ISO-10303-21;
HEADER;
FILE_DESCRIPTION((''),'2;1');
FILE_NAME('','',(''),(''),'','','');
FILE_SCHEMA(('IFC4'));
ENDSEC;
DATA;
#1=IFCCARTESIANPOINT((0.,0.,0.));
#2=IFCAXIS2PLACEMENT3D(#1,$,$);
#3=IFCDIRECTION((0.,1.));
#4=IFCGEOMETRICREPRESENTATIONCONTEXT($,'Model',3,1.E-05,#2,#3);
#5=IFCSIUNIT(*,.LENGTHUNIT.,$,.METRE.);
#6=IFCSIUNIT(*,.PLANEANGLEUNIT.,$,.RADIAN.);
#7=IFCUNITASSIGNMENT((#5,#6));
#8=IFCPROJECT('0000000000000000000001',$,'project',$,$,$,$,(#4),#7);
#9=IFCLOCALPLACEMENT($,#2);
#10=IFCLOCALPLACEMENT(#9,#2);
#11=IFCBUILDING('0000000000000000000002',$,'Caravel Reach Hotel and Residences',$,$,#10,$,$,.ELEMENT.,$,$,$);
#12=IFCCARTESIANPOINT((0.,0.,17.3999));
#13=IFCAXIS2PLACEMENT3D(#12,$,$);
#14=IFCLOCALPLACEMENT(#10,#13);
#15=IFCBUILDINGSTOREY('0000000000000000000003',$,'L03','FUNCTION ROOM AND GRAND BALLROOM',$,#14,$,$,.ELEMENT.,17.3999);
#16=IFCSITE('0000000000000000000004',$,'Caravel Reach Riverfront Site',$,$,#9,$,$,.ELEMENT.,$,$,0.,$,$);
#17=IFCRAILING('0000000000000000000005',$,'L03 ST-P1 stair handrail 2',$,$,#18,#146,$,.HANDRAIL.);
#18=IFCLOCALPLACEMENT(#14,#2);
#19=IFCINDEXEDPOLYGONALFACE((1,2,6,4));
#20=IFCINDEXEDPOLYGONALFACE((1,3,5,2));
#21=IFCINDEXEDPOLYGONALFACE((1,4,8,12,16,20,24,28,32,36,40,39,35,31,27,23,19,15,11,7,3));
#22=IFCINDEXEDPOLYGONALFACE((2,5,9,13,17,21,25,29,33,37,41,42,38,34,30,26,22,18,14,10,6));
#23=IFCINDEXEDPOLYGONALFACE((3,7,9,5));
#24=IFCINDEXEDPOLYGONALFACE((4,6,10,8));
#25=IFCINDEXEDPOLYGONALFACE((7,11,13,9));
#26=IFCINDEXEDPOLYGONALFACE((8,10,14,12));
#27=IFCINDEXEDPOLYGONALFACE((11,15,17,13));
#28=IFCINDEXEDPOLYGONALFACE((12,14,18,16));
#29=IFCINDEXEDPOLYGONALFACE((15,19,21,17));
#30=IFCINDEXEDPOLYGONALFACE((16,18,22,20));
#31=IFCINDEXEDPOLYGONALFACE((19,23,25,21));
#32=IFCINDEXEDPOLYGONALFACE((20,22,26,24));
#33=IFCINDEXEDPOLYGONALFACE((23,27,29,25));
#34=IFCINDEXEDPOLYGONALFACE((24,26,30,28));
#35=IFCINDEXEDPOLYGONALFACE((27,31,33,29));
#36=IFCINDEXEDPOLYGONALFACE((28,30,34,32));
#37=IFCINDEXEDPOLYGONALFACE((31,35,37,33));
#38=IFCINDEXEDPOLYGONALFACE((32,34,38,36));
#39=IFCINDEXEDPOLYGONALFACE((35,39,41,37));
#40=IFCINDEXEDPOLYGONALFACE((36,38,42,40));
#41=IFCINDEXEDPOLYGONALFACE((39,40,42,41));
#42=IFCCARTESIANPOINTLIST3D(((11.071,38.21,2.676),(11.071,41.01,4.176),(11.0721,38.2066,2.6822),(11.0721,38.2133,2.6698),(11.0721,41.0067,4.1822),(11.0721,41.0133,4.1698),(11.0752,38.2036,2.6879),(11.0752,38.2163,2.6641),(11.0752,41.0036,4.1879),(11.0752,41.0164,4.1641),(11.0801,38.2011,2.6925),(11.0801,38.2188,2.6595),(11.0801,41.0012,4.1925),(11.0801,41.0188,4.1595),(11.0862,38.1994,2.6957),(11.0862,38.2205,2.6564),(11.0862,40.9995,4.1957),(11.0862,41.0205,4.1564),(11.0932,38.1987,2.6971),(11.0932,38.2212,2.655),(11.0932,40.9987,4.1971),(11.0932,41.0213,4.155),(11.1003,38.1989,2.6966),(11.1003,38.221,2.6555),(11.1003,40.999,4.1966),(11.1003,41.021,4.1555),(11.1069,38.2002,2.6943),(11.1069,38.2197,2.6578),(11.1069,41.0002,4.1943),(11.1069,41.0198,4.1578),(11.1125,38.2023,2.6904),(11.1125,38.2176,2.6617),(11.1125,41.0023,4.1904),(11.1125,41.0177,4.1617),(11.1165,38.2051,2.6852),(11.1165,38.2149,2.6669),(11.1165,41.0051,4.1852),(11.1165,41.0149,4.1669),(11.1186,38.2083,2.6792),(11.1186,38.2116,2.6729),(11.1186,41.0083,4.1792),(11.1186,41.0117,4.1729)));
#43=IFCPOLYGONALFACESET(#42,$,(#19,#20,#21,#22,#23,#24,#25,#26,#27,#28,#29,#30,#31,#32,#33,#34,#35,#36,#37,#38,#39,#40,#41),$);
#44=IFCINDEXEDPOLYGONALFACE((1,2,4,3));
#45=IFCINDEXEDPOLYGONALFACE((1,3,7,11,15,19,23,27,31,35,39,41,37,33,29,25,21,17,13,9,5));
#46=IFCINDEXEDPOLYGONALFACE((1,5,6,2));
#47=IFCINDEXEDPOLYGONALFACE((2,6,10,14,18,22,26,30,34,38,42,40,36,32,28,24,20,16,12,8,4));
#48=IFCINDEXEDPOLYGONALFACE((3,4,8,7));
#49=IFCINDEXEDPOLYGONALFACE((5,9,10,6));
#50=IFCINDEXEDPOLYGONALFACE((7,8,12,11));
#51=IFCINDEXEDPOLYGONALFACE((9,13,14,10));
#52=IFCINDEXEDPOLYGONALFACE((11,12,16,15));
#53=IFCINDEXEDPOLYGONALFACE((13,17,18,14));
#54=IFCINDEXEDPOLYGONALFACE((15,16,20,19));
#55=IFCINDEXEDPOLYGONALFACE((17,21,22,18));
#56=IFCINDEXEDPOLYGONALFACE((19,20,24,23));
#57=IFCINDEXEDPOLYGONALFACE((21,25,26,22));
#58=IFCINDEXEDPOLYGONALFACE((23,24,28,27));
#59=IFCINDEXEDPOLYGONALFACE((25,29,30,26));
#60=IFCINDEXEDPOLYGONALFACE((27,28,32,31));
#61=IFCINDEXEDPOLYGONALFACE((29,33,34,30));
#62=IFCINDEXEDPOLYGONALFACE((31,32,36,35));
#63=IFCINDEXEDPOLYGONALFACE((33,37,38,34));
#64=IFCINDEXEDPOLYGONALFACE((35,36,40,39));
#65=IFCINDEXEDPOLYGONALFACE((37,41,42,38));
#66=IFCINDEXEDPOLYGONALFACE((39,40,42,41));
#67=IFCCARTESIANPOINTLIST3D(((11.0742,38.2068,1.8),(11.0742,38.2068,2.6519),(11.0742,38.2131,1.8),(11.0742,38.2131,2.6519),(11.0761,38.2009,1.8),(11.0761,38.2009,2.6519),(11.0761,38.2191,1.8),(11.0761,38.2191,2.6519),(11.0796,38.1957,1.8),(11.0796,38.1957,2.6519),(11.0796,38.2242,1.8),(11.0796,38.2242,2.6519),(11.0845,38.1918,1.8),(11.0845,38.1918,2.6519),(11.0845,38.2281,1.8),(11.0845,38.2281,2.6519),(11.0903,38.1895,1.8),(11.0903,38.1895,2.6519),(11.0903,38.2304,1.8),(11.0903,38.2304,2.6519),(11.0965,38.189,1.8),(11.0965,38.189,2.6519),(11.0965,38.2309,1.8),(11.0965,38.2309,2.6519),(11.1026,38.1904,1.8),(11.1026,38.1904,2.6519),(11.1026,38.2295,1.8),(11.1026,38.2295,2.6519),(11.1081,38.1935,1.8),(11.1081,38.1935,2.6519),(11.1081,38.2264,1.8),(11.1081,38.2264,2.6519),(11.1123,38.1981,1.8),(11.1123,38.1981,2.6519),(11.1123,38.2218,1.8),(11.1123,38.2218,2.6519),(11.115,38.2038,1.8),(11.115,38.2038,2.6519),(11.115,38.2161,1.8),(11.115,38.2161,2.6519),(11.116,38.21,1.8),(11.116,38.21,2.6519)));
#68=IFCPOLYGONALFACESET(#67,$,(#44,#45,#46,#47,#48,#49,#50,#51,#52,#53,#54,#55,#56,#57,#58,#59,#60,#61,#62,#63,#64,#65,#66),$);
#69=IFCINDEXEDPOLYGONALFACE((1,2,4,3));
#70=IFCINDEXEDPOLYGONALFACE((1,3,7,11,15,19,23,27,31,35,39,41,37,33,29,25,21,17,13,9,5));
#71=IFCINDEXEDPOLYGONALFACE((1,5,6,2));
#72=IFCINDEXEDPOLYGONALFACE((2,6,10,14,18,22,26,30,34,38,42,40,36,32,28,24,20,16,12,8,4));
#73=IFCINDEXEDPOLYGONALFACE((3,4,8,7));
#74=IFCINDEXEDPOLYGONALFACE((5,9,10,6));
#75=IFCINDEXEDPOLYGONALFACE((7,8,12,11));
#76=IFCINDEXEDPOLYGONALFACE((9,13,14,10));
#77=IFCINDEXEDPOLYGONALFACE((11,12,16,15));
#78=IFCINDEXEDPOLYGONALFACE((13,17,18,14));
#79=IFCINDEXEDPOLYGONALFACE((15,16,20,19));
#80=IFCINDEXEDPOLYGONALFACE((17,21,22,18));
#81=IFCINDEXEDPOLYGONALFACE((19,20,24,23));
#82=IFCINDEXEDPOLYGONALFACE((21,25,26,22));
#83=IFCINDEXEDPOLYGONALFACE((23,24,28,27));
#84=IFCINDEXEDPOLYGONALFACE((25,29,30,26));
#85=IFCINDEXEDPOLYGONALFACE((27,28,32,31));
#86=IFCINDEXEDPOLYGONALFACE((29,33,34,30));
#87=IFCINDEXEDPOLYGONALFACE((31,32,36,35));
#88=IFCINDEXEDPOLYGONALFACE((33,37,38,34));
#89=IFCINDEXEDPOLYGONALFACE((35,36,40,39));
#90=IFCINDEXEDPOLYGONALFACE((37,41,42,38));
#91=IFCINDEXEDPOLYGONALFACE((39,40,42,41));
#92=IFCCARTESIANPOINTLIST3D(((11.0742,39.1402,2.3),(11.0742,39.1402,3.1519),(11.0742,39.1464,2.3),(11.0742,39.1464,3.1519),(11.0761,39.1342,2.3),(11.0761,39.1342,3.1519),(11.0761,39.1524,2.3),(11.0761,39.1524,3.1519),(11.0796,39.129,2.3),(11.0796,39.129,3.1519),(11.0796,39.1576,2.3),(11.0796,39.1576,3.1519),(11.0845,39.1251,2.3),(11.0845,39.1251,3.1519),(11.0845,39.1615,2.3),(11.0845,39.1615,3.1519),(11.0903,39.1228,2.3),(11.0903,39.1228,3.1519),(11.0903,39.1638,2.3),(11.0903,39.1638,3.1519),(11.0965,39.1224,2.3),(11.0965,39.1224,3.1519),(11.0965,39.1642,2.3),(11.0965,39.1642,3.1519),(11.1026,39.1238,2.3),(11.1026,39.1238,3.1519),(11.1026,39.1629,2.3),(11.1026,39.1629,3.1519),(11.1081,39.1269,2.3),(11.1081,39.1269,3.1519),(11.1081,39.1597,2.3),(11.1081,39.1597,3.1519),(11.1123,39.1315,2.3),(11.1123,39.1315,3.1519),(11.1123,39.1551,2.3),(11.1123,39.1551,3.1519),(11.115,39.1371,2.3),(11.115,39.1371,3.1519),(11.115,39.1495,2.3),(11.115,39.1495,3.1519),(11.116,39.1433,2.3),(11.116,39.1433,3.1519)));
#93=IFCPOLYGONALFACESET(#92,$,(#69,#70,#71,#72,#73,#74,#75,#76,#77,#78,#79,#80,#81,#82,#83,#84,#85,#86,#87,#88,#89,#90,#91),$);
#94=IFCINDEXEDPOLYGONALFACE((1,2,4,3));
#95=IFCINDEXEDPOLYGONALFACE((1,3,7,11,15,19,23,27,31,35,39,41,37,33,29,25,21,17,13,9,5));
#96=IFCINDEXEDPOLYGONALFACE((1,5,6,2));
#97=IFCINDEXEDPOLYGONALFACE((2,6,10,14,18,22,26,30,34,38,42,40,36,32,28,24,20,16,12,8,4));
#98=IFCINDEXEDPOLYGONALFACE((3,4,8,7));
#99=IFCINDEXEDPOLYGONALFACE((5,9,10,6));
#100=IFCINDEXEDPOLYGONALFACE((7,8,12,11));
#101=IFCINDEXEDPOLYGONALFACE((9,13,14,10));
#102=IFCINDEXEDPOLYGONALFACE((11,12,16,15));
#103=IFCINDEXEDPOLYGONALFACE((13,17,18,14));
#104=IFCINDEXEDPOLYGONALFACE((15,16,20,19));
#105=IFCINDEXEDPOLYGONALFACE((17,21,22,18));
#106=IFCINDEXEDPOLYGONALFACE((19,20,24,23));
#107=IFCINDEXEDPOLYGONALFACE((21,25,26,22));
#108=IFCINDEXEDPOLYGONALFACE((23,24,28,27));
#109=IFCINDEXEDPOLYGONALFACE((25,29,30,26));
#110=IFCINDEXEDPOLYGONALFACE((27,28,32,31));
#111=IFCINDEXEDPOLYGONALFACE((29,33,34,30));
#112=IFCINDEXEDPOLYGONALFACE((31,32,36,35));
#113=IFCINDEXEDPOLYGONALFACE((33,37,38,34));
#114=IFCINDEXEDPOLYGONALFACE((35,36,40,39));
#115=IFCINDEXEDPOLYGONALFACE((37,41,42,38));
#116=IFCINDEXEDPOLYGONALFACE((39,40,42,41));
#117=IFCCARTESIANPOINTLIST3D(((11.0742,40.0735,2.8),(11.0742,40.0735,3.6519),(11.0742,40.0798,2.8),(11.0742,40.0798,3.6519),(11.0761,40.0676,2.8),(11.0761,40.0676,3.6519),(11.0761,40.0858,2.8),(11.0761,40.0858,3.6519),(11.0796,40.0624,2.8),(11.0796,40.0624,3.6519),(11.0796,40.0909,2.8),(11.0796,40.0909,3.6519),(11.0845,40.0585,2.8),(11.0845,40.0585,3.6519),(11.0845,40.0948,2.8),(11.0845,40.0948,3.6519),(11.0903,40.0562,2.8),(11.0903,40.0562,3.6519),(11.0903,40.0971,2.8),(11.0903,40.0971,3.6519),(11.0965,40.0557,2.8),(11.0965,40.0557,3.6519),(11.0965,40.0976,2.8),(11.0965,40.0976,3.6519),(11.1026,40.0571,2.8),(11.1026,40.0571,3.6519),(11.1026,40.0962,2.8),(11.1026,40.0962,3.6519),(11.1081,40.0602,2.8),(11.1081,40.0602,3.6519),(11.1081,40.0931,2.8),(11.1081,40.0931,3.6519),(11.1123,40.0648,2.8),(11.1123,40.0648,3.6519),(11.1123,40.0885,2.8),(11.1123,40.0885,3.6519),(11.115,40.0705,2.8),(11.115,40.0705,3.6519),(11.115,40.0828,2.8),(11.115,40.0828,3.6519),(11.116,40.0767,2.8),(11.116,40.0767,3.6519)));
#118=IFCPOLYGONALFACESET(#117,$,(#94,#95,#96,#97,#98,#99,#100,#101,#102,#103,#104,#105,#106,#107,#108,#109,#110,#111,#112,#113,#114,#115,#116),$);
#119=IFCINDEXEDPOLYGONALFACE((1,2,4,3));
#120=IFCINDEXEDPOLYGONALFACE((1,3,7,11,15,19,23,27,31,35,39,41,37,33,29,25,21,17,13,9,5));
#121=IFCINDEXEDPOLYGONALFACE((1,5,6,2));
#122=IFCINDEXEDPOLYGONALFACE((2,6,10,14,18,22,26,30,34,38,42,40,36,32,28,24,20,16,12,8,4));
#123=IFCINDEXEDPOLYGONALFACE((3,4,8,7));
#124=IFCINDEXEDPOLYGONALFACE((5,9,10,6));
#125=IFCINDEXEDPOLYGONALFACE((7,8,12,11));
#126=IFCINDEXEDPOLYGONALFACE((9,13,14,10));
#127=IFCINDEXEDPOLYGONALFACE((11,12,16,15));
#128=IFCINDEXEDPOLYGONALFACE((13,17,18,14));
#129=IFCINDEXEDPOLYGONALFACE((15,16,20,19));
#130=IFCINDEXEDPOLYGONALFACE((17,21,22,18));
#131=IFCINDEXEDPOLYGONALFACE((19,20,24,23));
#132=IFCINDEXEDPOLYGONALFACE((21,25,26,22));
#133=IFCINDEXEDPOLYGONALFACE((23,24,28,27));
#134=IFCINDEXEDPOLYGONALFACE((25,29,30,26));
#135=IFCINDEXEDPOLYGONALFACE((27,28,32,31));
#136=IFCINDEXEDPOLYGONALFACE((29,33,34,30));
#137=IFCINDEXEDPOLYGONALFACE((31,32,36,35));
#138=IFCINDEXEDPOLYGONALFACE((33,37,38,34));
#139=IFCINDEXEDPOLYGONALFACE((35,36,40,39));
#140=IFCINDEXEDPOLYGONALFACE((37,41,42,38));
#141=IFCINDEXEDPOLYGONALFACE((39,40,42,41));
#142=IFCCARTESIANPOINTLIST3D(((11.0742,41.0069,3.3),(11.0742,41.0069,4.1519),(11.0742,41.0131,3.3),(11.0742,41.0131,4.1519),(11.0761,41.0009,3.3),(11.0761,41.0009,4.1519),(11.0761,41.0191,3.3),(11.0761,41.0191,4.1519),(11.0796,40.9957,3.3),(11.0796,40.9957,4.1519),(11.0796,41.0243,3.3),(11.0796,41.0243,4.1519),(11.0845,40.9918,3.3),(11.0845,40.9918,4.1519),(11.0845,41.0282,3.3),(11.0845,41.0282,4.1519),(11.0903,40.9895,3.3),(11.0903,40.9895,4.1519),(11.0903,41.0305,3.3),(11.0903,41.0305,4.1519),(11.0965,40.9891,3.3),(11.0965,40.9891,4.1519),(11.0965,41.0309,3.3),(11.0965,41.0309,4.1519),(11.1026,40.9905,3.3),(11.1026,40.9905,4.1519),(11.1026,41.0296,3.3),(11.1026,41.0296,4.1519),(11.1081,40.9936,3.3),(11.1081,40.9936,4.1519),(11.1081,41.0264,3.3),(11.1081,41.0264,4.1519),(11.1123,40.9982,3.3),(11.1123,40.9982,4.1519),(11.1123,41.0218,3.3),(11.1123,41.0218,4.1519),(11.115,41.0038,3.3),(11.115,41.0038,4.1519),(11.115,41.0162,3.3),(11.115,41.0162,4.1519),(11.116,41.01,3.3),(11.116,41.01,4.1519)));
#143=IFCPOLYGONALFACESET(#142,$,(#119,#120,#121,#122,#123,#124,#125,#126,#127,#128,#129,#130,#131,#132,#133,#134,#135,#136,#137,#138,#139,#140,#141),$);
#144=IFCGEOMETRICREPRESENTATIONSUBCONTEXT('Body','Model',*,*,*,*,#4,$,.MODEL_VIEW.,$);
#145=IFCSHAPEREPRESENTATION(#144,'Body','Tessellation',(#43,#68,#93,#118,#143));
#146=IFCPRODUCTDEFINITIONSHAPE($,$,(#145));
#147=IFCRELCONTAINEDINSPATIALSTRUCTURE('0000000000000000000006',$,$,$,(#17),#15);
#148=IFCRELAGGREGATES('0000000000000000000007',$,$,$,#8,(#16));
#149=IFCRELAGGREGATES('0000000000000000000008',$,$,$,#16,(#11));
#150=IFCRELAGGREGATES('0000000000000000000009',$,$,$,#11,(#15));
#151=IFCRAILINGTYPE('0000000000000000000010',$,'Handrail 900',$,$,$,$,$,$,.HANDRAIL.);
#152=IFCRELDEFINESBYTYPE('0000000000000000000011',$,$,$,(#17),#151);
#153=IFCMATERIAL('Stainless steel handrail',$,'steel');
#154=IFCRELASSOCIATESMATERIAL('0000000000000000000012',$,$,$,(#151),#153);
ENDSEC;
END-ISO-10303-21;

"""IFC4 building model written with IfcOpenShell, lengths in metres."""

from ifc_helpers import new_model, si_unit, direction, frame, origin, origin_2d, place, context, subcontext, project, spatial, circle, extrude, material, type_object, element, save


model = new_model("IFC4")

# Units and contexts
model_context = context("Model", 3, precision=1e-05, world=origin(), true_north=direction((0.0, 1.0)))
body_context = subcontext(model_context, "Body", "Model", "MODEL_VIEW")
ifc_project = project(units=[si_unit("LENGTHUNIT", "METRE"), si_unit("PLANEANGLEUNIT", "RADIAN")], contexts=[model_context])

# Site, building, storey
site_placement = place(None, origin())
site = spatial("IfcSite", under=ifc_project, at=site_placement, Name="Caravel Reach Riverfront Site", CompositionType="ELEMENT", RefElevation=0.0)
building_placement = place(site_placement, origin())
building = spatial("IfcBuilding", under=site, at=building_placement, Name="Caravel Reach Hotel and Residences", CompositionType="ELEMENT")
storey_placement = place(building_placement, frame((0.0, 0.0, 17.3999)))
storey = spatial("IfcBuildingStorey", under=building, at=storey_placement, Name="L03", Description="FUNCTION ROOM AND GRAND BALLROOM", CompositionType="ELEMENT", Elevation=17.3999)

# Railing
ifc_material_1 = material(Name="Stainless steel handrail", Category="steel")
railing_type_1 = type_object("IfcRailingType", Name="Handrail 900", PredefinedType="HANDRAIL", material=ifc_material_1)
for number, where, name in (
    (1, (11.095, 38.21, 1.8), "L03 ST-P1 stair handrail 2"),
):
    element("IfcRailing", number, at=place(storey_placement, frame(where)), inside=storey, type_object=railing_type_1, Name=name, PredefinedType="HANDRAIL", context=body_context, shape_type="SweptSolid", body=[
        extrude(circle(Radius=0.0239, at=origin_2d()), frame((0.0, 0.0, 0.876), z_axis=(0.0, 0.881483, 0.472215), x_axis=(-1.0, 0.0, 0.0)), (0.0, 0.0, 1.0), 3.1765),
        extrude(circle(Radius=0.021, at=origin_2d()), origin(), (0.0, 0.0, 1.0), 0.8518),
        extrude(circle(Radius=0.021, at=origin_2d()), frame((0.0, 0.9333, 0.5)), (0.0, 0.0, 1.0), 0.8518),
        extrude(circle(Radius=0.021, at=origin_2d()), frame((0.0, 1.8667, 1.0)), (0.0, 0.0, 1.0), 0.8518),
        extrude(circle(Radius=0.021, at=origin_2d()), frame((0.0, 2.8, 1.5)), (0.0, 0.0, 1.0), 0.8518),
    ])

save(model, "model.ifc")
